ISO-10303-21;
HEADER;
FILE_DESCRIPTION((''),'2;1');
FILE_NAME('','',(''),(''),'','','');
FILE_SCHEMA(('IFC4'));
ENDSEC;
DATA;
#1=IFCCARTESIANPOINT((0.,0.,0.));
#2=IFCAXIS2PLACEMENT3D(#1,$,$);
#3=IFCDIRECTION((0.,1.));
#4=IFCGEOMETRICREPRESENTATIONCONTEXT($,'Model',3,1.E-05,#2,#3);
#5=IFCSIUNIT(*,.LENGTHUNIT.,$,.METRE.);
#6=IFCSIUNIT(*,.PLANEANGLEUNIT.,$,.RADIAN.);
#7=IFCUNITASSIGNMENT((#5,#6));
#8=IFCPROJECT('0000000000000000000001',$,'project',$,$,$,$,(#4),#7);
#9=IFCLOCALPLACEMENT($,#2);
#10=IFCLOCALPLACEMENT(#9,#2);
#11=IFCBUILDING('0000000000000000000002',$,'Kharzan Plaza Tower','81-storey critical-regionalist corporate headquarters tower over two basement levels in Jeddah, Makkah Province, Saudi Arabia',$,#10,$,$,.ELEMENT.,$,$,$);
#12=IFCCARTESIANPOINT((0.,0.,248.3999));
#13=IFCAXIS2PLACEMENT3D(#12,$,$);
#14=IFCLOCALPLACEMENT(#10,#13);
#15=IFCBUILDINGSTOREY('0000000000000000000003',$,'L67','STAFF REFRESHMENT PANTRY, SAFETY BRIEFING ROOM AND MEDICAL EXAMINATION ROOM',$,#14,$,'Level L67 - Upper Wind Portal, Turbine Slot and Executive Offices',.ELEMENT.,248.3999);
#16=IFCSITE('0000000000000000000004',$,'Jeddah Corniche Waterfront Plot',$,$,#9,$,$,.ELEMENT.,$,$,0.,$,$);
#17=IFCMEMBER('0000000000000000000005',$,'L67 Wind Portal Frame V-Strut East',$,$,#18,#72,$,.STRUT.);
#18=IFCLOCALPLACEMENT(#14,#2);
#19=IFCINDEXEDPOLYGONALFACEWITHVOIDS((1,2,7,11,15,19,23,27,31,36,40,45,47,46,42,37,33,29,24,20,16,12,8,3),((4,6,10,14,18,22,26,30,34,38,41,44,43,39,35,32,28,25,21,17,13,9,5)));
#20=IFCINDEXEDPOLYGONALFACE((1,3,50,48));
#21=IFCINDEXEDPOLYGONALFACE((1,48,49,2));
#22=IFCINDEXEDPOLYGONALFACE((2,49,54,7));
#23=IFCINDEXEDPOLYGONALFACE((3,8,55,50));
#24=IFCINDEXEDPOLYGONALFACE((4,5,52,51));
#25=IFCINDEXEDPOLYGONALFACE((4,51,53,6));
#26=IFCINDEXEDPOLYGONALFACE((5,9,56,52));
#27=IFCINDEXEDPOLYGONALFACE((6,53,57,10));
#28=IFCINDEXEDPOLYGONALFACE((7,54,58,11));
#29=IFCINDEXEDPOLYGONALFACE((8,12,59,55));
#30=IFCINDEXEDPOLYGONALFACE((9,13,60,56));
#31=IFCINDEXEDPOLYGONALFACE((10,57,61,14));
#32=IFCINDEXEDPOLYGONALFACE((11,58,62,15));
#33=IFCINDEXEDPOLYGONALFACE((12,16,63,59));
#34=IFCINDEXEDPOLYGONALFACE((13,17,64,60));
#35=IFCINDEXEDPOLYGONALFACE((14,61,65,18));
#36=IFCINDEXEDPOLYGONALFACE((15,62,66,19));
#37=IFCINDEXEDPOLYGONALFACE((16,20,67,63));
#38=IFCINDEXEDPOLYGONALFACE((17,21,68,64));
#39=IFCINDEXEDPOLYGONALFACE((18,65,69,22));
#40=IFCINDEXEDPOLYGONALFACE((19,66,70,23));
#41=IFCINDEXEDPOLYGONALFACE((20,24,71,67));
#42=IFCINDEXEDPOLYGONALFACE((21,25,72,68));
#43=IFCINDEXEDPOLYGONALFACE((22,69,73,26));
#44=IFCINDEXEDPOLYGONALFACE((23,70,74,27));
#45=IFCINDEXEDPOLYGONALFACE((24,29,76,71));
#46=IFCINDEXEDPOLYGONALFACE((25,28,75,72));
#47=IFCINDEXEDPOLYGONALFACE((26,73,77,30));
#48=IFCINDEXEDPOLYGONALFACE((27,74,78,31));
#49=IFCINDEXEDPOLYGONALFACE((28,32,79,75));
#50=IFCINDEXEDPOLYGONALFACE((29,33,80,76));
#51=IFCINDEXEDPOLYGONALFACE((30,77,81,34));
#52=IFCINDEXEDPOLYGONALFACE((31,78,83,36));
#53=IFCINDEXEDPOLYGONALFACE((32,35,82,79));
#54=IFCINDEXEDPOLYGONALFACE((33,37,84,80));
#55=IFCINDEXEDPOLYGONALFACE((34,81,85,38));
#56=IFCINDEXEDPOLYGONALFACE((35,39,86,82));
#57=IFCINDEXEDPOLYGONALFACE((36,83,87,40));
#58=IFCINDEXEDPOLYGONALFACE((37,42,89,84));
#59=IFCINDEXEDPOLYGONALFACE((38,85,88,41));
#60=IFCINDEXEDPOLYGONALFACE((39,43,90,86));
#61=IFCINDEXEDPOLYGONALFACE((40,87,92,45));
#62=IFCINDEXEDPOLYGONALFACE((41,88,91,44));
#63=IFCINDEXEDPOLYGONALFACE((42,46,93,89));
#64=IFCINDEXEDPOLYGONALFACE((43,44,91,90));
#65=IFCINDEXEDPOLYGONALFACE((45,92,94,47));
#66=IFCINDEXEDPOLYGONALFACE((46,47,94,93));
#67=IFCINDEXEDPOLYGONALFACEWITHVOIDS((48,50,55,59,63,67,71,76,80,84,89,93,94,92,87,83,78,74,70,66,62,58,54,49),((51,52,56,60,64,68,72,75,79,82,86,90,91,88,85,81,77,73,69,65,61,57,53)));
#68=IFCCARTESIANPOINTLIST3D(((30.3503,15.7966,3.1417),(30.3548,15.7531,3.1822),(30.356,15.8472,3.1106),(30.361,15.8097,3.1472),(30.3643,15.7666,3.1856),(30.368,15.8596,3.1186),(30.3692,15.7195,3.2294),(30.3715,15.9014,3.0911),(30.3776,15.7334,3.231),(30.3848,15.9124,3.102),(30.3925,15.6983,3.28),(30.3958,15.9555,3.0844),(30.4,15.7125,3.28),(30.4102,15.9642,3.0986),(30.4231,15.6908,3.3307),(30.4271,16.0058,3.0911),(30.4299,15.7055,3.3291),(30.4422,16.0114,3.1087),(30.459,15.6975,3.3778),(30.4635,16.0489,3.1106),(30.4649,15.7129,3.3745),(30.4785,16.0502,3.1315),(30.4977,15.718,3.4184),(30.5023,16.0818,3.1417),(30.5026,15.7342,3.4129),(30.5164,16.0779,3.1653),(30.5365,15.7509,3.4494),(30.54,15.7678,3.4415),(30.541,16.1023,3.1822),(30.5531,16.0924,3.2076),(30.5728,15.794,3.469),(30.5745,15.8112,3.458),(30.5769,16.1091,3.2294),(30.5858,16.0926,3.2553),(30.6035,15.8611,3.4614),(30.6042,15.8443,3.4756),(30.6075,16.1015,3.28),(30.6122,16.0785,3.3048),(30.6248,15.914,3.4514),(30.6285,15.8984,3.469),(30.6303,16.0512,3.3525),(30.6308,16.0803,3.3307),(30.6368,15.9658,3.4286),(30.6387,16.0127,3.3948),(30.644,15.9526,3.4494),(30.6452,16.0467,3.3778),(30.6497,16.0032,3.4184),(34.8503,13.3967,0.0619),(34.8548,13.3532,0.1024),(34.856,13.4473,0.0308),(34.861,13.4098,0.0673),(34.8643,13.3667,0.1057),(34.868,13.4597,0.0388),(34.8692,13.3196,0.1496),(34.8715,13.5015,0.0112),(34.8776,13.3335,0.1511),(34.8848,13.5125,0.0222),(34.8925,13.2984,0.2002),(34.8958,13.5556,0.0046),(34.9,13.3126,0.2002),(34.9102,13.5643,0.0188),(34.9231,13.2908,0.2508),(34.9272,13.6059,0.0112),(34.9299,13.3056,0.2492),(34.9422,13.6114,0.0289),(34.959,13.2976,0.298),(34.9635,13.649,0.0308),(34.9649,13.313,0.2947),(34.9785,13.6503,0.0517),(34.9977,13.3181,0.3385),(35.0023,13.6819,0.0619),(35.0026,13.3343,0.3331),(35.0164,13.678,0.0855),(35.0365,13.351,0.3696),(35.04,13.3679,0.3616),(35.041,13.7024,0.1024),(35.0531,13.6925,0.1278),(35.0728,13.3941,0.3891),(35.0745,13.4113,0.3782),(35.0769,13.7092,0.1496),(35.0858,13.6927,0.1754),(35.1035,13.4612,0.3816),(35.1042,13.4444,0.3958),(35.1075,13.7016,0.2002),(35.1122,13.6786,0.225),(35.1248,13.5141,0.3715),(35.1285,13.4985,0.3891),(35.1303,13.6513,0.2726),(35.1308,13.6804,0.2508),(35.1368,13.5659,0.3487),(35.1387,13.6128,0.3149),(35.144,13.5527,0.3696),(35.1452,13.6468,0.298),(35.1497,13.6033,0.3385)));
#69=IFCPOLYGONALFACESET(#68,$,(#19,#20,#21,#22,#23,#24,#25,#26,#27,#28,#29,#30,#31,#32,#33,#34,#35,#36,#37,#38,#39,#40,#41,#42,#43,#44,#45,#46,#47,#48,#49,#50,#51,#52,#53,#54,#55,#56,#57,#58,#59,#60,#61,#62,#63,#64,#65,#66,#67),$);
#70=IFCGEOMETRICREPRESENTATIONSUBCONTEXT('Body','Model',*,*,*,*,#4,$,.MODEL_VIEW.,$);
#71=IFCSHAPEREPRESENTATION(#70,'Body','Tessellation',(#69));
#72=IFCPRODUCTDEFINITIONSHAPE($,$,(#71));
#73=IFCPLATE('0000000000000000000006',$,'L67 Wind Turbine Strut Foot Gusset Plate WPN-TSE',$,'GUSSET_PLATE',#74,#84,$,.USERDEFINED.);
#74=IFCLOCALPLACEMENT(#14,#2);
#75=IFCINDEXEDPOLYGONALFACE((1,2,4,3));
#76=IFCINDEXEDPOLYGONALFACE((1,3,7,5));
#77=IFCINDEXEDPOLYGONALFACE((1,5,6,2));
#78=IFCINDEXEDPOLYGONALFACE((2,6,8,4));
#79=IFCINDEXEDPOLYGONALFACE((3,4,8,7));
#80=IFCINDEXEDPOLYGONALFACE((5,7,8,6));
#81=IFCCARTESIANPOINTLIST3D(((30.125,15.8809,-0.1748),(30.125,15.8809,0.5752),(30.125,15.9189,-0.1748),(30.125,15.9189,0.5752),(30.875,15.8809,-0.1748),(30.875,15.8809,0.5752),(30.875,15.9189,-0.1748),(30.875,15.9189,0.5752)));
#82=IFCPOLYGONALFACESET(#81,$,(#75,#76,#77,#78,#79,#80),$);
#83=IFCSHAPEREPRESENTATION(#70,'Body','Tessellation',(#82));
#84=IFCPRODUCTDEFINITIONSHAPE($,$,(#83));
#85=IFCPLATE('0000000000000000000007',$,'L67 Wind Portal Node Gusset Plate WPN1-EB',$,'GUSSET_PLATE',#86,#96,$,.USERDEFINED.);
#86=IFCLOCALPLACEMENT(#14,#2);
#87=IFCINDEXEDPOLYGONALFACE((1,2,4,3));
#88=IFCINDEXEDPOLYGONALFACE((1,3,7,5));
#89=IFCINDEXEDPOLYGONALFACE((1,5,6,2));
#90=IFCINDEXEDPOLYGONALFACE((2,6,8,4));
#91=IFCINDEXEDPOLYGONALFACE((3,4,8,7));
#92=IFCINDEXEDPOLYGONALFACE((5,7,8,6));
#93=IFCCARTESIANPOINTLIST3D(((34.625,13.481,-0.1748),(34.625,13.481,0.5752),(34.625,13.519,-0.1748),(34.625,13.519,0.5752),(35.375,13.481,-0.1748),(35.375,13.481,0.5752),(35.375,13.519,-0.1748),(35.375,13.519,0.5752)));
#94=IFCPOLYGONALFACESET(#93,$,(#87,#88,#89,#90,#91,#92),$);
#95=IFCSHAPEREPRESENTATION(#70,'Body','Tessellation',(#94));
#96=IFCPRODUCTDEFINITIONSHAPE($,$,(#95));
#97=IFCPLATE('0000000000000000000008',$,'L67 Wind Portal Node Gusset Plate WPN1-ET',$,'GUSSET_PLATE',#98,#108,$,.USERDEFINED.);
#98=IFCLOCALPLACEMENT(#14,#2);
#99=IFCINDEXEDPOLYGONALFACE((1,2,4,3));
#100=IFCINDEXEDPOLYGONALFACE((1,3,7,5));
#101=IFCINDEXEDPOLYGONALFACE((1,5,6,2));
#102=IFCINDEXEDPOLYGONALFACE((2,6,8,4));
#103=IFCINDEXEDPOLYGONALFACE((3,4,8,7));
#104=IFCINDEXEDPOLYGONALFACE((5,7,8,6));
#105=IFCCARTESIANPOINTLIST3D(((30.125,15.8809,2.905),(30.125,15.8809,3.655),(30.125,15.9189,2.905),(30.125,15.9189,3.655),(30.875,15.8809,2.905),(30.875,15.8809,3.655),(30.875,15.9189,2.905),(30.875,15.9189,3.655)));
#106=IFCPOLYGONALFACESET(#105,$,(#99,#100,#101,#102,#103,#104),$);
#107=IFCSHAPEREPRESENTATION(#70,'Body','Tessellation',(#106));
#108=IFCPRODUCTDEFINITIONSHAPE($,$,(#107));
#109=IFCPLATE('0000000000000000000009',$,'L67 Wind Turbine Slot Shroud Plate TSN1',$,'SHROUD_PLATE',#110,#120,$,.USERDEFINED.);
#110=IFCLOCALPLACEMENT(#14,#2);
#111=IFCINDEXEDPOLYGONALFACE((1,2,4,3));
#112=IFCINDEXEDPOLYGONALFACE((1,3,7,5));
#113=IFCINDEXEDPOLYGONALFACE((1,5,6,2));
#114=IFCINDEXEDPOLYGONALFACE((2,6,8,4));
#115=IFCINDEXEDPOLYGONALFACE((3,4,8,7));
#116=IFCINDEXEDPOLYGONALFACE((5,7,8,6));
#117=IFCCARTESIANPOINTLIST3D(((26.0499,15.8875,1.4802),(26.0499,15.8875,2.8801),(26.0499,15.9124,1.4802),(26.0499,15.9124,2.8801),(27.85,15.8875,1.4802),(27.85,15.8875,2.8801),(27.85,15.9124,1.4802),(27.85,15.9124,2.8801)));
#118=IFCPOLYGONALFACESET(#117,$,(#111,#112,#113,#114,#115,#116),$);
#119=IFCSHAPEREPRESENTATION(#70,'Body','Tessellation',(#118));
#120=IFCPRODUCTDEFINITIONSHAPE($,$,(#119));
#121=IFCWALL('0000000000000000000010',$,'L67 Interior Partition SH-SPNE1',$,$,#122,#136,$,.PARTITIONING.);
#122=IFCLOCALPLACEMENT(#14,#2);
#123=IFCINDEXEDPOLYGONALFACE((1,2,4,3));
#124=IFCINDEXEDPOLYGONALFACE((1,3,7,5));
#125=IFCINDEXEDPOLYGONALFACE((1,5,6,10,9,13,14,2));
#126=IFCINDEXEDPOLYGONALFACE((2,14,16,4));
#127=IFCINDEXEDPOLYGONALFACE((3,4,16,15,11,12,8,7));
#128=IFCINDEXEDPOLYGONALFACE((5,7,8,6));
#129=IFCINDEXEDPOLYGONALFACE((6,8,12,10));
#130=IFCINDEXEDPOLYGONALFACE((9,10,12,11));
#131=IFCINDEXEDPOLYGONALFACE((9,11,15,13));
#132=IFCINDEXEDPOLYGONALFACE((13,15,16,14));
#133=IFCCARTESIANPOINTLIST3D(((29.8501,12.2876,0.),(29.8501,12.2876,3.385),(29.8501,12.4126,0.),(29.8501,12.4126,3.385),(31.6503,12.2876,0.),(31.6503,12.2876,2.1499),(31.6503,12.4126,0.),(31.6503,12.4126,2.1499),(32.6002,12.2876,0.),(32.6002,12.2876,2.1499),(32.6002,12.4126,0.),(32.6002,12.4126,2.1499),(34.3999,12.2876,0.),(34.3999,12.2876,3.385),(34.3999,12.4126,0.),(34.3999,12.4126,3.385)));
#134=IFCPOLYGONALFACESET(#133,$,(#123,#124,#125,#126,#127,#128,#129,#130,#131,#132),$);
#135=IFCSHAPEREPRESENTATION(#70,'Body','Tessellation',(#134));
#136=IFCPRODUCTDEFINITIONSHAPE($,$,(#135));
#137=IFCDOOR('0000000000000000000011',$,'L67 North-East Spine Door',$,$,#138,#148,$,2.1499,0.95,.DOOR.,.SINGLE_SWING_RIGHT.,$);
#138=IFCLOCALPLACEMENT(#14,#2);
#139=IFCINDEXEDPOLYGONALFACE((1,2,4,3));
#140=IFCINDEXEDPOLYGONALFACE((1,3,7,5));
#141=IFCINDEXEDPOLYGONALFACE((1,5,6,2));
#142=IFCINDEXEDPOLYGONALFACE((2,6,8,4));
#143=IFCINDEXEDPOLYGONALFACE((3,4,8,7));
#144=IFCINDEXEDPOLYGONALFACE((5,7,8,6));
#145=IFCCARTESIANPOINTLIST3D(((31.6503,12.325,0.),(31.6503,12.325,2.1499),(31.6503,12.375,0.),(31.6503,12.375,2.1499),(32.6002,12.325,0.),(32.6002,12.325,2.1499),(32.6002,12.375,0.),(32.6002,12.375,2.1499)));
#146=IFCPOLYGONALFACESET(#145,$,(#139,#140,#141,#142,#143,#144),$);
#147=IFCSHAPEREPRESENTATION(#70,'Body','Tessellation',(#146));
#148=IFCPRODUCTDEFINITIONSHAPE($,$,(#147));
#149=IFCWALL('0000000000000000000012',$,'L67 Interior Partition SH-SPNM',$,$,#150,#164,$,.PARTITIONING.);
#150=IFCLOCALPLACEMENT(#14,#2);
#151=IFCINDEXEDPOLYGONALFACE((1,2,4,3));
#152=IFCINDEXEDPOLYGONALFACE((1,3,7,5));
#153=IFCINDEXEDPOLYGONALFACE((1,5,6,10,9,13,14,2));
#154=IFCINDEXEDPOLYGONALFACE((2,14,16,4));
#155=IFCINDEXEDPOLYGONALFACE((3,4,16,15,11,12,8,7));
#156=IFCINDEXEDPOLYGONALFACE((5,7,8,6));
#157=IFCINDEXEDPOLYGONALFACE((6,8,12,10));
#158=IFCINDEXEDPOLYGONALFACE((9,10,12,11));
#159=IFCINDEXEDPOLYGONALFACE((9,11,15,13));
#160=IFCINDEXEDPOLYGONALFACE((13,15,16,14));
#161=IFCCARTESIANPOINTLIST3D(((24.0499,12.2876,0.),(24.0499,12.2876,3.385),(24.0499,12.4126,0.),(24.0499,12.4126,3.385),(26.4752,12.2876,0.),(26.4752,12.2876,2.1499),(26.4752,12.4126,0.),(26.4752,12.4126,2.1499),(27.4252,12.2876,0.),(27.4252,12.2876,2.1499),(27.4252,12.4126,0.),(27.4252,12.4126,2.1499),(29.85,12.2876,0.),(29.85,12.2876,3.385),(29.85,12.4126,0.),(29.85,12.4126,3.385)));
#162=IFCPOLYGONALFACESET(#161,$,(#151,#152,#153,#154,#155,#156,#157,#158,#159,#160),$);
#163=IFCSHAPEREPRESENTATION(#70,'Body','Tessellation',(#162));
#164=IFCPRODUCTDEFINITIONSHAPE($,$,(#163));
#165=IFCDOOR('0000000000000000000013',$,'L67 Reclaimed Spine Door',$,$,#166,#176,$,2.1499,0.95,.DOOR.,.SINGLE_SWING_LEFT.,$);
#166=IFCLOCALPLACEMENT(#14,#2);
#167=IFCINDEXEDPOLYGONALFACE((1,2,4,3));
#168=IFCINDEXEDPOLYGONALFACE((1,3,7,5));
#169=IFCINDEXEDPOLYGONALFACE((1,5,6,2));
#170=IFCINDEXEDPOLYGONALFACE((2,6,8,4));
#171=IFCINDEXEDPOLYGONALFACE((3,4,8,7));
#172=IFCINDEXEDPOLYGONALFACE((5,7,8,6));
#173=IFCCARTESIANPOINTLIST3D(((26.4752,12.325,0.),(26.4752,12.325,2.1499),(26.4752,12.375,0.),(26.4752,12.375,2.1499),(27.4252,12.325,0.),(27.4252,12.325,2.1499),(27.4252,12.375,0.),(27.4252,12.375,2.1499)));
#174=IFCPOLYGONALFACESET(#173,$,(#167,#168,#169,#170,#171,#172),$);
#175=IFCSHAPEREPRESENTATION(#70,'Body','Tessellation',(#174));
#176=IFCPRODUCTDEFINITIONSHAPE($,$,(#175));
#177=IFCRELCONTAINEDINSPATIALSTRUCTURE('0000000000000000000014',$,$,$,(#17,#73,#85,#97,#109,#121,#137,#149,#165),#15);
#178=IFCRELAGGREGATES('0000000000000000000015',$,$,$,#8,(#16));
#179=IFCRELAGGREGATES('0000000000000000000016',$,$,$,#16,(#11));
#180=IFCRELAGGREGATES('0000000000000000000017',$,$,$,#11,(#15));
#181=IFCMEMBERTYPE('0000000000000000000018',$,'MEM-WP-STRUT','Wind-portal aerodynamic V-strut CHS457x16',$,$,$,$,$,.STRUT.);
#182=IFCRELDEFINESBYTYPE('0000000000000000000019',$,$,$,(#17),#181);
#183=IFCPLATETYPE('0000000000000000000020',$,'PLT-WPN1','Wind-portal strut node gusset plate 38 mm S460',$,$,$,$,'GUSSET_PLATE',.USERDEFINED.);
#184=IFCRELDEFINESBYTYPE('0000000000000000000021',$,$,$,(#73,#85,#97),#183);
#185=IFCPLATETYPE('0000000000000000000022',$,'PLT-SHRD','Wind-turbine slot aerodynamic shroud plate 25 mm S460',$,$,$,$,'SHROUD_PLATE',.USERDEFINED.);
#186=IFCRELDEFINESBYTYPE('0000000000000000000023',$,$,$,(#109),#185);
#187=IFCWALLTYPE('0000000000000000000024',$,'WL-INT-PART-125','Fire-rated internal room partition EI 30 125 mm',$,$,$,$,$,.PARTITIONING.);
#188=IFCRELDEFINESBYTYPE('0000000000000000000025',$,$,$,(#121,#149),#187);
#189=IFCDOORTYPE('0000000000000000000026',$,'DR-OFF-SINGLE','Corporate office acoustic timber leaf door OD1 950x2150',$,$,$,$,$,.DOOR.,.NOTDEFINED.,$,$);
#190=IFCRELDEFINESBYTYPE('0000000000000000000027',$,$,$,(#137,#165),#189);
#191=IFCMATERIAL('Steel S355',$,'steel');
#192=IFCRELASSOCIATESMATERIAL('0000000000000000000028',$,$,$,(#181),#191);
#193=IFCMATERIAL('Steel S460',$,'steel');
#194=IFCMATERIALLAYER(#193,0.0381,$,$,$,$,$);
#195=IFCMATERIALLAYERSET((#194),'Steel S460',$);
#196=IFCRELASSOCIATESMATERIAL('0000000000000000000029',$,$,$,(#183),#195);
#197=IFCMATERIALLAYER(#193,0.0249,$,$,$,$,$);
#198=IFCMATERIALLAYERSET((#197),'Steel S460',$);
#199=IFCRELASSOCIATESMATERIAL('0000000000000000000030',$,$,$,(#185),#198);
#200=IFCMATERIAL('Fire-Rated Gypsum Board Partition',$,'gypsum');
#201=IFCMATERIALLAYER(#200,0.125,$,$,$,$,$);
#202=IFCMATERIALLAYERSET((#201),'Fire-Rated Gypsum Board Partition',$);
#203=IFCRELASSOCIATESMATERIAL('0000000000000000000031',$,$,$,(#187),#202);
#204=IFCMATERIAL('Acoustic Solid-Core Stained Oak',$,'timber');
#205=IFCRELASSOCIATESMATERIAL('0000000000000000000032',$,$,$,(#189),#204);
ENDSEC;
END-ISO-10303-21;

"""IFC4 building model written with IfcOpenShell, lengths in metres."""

from ifc_helpers import new_model, si_unit, direction, frame, frame_2d, origin, origin_2d, place, context, subcontext, project, spatial, rectangle, hollow_circle, extrude, source, transform, mapped, material, layer, layer_set, material_profile, profile_set, type_object, element, fill, save


model = new_model("IFC4")

# Units and contexts
model_context = context("Model", 3, precision=1e-05, world=origin(), true_north=direction((0.0, 1.0)))
body_context = subcontext(model_context, "Body", "Model", "MODEL_VIEW")
ifc_project = project(units=[si_unit("LENGTHUNIT", "METRE"), si_unit("PLANEANGLEUNIT", "RADIAN")], contexts=[model_context])

# Site, building, storey
site_placement = place(None, origin())
site = spatial("IfcSite", under=ifc_project, at=site_placement, Name="Jeddah Corniche Waterfront Plot", CompositionType="ELEMENT", RefElevation=0.0)
building_placement = place(site_placement, origin())
building = spatial("IfcBuilding", under=site, at=building_placement, Name="Kharzan Plaza Tower", Description="81-storey critical-regionalist corporate headquarters tower over two basement levels in Jeddah, Makkah Province, Saudi Arabia", CompositionType="ELEMENT")
storey_placement = place(building_placement, frame((0.0, 0.0, 248.3999)))
storey = spatial("IfcBuildingStorey", under=building, at=storey_placement, Name="L67", Description="STAFF REFRESHMENT PANTRY, SAFETY BRIEFING ROOM AND MEDICAL EXAMINATION ROOM", LongName="Level L67 - Upper Wind Portal, Turbine Slot and Executive Offices", CompositionType="ELEMENT", Elevation=248.3999)

# Shared definitions
ifc_material_1 = material(Name="Steel S355", Category="steel")

# Member
ifc_material_profile_1 = material_profile(ifc_material_1, hollow_circle(Radius=0.2285, WallThickness=0.0161, at=origin_2d()), Name="CHS457x16")
ifc_profile_set_1 = profile_set([ifc_material_profile_1], Name="Steel S355")
member_type_1 = type_object("IfcMemberType", Name="MEM-WP-STRUT", Description="Wind-portal aerodynamic V-strut CHS457x16", PredefinedType="STRUT", material=ifc_profile_set_1)
shared_shape_1 = source(origin(), body_context, "Body", "SweptSolid", [
    extrude(hollow_circle(Radius=0.2285, WallThickness=0.0161, at=origin_2d()), origin(), (0.0, 0.0, 1.0), 5.9578),
])
member_1_placement = place(storey_placement, frame((35.0, 13.5, 0.2002), z_axis=(-0.755317, 0.40282, 0.516945), x_axis=(-0.470573, -0.882361, 0.0)))
element("IfcMember", 1, at=member_1_placement, inside=storey, type_object=member_type_1, Name="L67 Wind Portal Frame V-Strut East", PredefinedType="STRUT", context=body_context, shape_type="MappedRepresentation", body=[
    mapped(shared_shape_1, transform((0.0, 0.0, 0.0), x_axis=(1.0, 0.0, 0.0), y_axis=(0.0, 1.0, 0.0), z_axis=(0.0, 0.0, 1.0))),
])

# Plates
ifc_material_2 = material(Name="Steel S460", Category="steel")
ifc_layer_1 = layer(ifc_material_2, 0.0381)
ifc_layer_set_1 = layer_set([ifc_layer_1], Name="Steel S460")
plate_type_1 = type_object("IfcPlateType", Name="PLT-WPN1", Description="Wind-portal strut node gusset plate 38 mm S460", ElementType="GUSSET_PLATE", PredefinedType="USERDEFINED", material=ifc_layer_set_1)
shared_shape_2 = source(origin(), body_context, "Body", "SweptSolid", [
    extrude(rectangle(XDim=0.75, YDim=0.0381, at=origin_2d()), origin(), (0.0, 0.0, 1.0), 0.75),
])
for number, where, z_axis, x_axis, name in (
    (2, (30.5, 15.8999, -0.1748), (0.0, 0.0, 1.0), (1.0, 0.0, 0.0), "L67 Wind Turbine Strut Foot Gusset Plate WPN-TSE"),
    (3, (35.0, 13.5, -0.1748), (0.0, 0.0, 1.0), (1.0, 0.0, 0.0), "L67 Wind Portal Node Gusset Plate WPN1-EB"),
    (4, (30.5, 15.8999, 2.905), (0.0, 0.0, 1.0), (1.0, 0.0, 0.0), "L67 Wind Portal Node Gusset Plate WPN1-ET"),
):
    element("IfcPlate", number, at=place(storey_placement, frame(where, z_axis=z_axis, x_axis=x_axis)), inside=storey, type_object=plate_type_1, Name=name, ObjectType="GUSSET_PLATE", PredefinedType="USERDEFINED", context=body_context, shape_type="MappedRepresentation", body=[
        mapped(shared_shape_2, transform((0.0, 0.0, 0.0), x_axis=(1.0, 0.0, 0.0), y_axis=(0.0, 1.0, 0.0), z_axis=(0.0, 0.0, 1.0))),
    ])
ifc_layer_2 = layer(ifc_material_2, 0.0249)
ifc_layer_set_2 = layer_set([ifc_layer_2], Name="Steel S460")
plate_type_2 = type_object("IfcPlateType", Name="PLT-SHRD", Description="Wind-turbine slot aerodynamic shroud plate 25 mm S460", ElementType="SHROUD_PLATE", PredefinedType="USERDEFINED", material=ifc_layer_set_2)
shared_shape_3 = source(origin(), body_context, "Body", "SweptSolid", [
    extrude(rectangle(XDim=1.8, YDim=0.0249, at=origin_2d()), origin(), (0.0, 0.0, 1.0), 1.3999),
])
plate_placement = place(storey_placement, frame((26.95, 15.8999, 1.4802), z_axis=(0.0, 0.0, 1.0), x_axis=(1.0, 0.0, 0.0)))
element("IfcPlate", 5, at=plate_placement, inside=storey, type_object=plate_type_2, Name="L67 Wind Turbine Slot Shroud Plate TSN1", ObjectType="SHROUD_PLATE", PredefinedType="USERDEFINED", context=body_context, shape_type="MappedRepresentation", body=[
    mapped(shared_shape_3, transform((0.0, 0.0, 0.0), x_axis=(1.0, 0.0, 0.0), y_axis=(0.0, 1.0, 0.0), z_axis=(0.0, 0.0, 1.0))),
])

# Walls, openings, doors
ifc_material_3 = material(Name="Fire-Rated Gypsum Board Partition", Category="gypsum")
ifc_layer_3 = layer(ifc_material_3, 0.125)
ifc_layer_set_3 = layer_set([ifc_layer_3], Name="Fire-Rated Gypsum Board Partition")
wall_type_1 = type_object("IfcWallType", Name="WL-INT-PART-125", Description="Fire-rated internal room partition EI 30 125 mm", PredefinedType="PARTITIONING", material=ifc_layer_set_3)
wall_1_placement = place(storey_placement, frame((29.8501, 12.3501, 0.0), z_axis=(0.0, 0.0, 1.0), x_axis=(1.0, 0.0, 0.0)))
wall_1 = element("IfcWall", 6, at=wall_1_placement, inside=storey, type_object=wall_type_1, Name="L67 Interior Partition SH-SPNE1", PredefinedType="PARTITIONING", context=body_context, shape_type="SweptSolid", body=[
    extrude(rectangle(XDim=4.5498, YDim=0.125, at=frame_2d((2.2749, 0.0))), origin(), (0.0, 0.0, 1.0), 3.385),
])
opening_1_placement = place(wall_1_placement, frame((1.8, 0.0, 0.0)))
opening_1 = element("IfcOpeningElement", 7, at=opening_1_placement, cuts=wall_1, PredefinedType="OPENING", context=body_context, shape_type="SweptSolid", body=[
    extrude(rectangle(XDim=0.95, YDim=2.1499, at=frame_2d((0.4751, 1.075))), frame((0.0, 0.0725, 0.0), z_axis=(0.0, -1.0, 0.0), x_axis=(1.0, 0.0, 0.0)), (0.0, 0.0, 1.0), 0.145),
])
ifc_material_4 = material(Name="Acoustic Solid-Core Stained Oak", Category="timber")
door_type = type_object("IfcDoorType", Name="DR-OFF-SINGLE", Description="Corporate office acoustic timber leaf door OD1 950x2150", OperationType="NOTDEFINED", PredefinedType="DOOR", material=ifc_material_4)
shared_shape_4 = source(origin(), body_context, "Body", "SweptSolid", [
    extrude(rectangle(XDim=0.95, YDim=2.1499, at=frame_2d((0.4751, 1.075))), frame((0.0, 0.0249, 0.0), z_axis=(0.0, -1.0, 0.0), x_axis=(1.0, 0.0, 0.0)), (0.0, 0.0, 1.0), 0.05),
])
door_1_placement = place(opening_1_placement, origin())
door_1 = element("IfcDoor", 8, at=door_1_placement, inside=storey, type_object=door_type, Name="L67 North-East Spine Door", OperationType="SINGLE_SWING_RIGHT", OverallHeight=2.1499, OverallWidth=0.95, PredefinedType="DOOR", context=body_context, shape_type="MappedRepresentation", body=[
    mapped(shared_shape_4, transform((0.0, 0.0, 0.0), x_axis=(1.0, 0.0, 0.0), y_axis=(0.0, 1.0, 0.0), z_axis=(0.0, 0.0, 1.0))),
])
fill(opening_1, door_1)
wall_2_placement = place(storey_placement, frame((24.05, 12.3501, 0.0), z_axis=(0.0, 0.0, 1.0), x_axis=(1.0, 0.0, 0.0)))
wall_2 = element("IfcWall", 9, at=wall_2_placement, inside=storey, type_object=wall_type_1, Name="L67 Interior Partition SH-SPNM", PredefinedType="PARTITIONING", context=body_context, shape_type="SweptSolid", body=[
    extrude(rectangle(XDim=5.8, YDim=0.125, at=frame_2d((2.8999, 0.0))), origin(), (0.0, 0.0, 1.0), 3.385),
])
opening_2_placement = place(wall_2_placement, frame((2.425, 0.0, 0.0)))
opening_2 = element("IfcOpeningElement", 10, at=opening_2_placement, cuts=wall_2, PredefinedType="OPENING", context=body_context, shape_type="SweptSolid", body=[
    extrude(rectangle(XDim=0.95, YDim=2.1499, at=frame_2d((0.4751, 1.075))), frame((0.0, 0.0725, 0.0), z_axis=(0.0, -1.0, 0.0), x_axis=(1.0, 0.0, 0.0)), (0.0, 0.0, 1.0), 0.145),
])
door_2_placement = place(opening_2_placement, origin())
door_2 = element("IfcDoor", 11, at=door_2_placement, inside=storey, type_object=door_type, Name="L67 Reclaimed Spine Door", OperationType="SINGLE_SWING_LEFT", OverallHeight=2.1499, OverallWidth=0.95, PredefinedType="DOOR", context=body_context, shape_type="MappedRepresentation", body=[
    mapped(shared_shape_4, transform((0.0, 0.0, 0.0), x_axis=(1.0, 0.0, 0.0), y_axis=(0.0, 1.0, 0.0), z_axis=(0.0, 0.0, 1.0))),
])
fill(opening_2, door_2)

save(model, "model.ifc")
